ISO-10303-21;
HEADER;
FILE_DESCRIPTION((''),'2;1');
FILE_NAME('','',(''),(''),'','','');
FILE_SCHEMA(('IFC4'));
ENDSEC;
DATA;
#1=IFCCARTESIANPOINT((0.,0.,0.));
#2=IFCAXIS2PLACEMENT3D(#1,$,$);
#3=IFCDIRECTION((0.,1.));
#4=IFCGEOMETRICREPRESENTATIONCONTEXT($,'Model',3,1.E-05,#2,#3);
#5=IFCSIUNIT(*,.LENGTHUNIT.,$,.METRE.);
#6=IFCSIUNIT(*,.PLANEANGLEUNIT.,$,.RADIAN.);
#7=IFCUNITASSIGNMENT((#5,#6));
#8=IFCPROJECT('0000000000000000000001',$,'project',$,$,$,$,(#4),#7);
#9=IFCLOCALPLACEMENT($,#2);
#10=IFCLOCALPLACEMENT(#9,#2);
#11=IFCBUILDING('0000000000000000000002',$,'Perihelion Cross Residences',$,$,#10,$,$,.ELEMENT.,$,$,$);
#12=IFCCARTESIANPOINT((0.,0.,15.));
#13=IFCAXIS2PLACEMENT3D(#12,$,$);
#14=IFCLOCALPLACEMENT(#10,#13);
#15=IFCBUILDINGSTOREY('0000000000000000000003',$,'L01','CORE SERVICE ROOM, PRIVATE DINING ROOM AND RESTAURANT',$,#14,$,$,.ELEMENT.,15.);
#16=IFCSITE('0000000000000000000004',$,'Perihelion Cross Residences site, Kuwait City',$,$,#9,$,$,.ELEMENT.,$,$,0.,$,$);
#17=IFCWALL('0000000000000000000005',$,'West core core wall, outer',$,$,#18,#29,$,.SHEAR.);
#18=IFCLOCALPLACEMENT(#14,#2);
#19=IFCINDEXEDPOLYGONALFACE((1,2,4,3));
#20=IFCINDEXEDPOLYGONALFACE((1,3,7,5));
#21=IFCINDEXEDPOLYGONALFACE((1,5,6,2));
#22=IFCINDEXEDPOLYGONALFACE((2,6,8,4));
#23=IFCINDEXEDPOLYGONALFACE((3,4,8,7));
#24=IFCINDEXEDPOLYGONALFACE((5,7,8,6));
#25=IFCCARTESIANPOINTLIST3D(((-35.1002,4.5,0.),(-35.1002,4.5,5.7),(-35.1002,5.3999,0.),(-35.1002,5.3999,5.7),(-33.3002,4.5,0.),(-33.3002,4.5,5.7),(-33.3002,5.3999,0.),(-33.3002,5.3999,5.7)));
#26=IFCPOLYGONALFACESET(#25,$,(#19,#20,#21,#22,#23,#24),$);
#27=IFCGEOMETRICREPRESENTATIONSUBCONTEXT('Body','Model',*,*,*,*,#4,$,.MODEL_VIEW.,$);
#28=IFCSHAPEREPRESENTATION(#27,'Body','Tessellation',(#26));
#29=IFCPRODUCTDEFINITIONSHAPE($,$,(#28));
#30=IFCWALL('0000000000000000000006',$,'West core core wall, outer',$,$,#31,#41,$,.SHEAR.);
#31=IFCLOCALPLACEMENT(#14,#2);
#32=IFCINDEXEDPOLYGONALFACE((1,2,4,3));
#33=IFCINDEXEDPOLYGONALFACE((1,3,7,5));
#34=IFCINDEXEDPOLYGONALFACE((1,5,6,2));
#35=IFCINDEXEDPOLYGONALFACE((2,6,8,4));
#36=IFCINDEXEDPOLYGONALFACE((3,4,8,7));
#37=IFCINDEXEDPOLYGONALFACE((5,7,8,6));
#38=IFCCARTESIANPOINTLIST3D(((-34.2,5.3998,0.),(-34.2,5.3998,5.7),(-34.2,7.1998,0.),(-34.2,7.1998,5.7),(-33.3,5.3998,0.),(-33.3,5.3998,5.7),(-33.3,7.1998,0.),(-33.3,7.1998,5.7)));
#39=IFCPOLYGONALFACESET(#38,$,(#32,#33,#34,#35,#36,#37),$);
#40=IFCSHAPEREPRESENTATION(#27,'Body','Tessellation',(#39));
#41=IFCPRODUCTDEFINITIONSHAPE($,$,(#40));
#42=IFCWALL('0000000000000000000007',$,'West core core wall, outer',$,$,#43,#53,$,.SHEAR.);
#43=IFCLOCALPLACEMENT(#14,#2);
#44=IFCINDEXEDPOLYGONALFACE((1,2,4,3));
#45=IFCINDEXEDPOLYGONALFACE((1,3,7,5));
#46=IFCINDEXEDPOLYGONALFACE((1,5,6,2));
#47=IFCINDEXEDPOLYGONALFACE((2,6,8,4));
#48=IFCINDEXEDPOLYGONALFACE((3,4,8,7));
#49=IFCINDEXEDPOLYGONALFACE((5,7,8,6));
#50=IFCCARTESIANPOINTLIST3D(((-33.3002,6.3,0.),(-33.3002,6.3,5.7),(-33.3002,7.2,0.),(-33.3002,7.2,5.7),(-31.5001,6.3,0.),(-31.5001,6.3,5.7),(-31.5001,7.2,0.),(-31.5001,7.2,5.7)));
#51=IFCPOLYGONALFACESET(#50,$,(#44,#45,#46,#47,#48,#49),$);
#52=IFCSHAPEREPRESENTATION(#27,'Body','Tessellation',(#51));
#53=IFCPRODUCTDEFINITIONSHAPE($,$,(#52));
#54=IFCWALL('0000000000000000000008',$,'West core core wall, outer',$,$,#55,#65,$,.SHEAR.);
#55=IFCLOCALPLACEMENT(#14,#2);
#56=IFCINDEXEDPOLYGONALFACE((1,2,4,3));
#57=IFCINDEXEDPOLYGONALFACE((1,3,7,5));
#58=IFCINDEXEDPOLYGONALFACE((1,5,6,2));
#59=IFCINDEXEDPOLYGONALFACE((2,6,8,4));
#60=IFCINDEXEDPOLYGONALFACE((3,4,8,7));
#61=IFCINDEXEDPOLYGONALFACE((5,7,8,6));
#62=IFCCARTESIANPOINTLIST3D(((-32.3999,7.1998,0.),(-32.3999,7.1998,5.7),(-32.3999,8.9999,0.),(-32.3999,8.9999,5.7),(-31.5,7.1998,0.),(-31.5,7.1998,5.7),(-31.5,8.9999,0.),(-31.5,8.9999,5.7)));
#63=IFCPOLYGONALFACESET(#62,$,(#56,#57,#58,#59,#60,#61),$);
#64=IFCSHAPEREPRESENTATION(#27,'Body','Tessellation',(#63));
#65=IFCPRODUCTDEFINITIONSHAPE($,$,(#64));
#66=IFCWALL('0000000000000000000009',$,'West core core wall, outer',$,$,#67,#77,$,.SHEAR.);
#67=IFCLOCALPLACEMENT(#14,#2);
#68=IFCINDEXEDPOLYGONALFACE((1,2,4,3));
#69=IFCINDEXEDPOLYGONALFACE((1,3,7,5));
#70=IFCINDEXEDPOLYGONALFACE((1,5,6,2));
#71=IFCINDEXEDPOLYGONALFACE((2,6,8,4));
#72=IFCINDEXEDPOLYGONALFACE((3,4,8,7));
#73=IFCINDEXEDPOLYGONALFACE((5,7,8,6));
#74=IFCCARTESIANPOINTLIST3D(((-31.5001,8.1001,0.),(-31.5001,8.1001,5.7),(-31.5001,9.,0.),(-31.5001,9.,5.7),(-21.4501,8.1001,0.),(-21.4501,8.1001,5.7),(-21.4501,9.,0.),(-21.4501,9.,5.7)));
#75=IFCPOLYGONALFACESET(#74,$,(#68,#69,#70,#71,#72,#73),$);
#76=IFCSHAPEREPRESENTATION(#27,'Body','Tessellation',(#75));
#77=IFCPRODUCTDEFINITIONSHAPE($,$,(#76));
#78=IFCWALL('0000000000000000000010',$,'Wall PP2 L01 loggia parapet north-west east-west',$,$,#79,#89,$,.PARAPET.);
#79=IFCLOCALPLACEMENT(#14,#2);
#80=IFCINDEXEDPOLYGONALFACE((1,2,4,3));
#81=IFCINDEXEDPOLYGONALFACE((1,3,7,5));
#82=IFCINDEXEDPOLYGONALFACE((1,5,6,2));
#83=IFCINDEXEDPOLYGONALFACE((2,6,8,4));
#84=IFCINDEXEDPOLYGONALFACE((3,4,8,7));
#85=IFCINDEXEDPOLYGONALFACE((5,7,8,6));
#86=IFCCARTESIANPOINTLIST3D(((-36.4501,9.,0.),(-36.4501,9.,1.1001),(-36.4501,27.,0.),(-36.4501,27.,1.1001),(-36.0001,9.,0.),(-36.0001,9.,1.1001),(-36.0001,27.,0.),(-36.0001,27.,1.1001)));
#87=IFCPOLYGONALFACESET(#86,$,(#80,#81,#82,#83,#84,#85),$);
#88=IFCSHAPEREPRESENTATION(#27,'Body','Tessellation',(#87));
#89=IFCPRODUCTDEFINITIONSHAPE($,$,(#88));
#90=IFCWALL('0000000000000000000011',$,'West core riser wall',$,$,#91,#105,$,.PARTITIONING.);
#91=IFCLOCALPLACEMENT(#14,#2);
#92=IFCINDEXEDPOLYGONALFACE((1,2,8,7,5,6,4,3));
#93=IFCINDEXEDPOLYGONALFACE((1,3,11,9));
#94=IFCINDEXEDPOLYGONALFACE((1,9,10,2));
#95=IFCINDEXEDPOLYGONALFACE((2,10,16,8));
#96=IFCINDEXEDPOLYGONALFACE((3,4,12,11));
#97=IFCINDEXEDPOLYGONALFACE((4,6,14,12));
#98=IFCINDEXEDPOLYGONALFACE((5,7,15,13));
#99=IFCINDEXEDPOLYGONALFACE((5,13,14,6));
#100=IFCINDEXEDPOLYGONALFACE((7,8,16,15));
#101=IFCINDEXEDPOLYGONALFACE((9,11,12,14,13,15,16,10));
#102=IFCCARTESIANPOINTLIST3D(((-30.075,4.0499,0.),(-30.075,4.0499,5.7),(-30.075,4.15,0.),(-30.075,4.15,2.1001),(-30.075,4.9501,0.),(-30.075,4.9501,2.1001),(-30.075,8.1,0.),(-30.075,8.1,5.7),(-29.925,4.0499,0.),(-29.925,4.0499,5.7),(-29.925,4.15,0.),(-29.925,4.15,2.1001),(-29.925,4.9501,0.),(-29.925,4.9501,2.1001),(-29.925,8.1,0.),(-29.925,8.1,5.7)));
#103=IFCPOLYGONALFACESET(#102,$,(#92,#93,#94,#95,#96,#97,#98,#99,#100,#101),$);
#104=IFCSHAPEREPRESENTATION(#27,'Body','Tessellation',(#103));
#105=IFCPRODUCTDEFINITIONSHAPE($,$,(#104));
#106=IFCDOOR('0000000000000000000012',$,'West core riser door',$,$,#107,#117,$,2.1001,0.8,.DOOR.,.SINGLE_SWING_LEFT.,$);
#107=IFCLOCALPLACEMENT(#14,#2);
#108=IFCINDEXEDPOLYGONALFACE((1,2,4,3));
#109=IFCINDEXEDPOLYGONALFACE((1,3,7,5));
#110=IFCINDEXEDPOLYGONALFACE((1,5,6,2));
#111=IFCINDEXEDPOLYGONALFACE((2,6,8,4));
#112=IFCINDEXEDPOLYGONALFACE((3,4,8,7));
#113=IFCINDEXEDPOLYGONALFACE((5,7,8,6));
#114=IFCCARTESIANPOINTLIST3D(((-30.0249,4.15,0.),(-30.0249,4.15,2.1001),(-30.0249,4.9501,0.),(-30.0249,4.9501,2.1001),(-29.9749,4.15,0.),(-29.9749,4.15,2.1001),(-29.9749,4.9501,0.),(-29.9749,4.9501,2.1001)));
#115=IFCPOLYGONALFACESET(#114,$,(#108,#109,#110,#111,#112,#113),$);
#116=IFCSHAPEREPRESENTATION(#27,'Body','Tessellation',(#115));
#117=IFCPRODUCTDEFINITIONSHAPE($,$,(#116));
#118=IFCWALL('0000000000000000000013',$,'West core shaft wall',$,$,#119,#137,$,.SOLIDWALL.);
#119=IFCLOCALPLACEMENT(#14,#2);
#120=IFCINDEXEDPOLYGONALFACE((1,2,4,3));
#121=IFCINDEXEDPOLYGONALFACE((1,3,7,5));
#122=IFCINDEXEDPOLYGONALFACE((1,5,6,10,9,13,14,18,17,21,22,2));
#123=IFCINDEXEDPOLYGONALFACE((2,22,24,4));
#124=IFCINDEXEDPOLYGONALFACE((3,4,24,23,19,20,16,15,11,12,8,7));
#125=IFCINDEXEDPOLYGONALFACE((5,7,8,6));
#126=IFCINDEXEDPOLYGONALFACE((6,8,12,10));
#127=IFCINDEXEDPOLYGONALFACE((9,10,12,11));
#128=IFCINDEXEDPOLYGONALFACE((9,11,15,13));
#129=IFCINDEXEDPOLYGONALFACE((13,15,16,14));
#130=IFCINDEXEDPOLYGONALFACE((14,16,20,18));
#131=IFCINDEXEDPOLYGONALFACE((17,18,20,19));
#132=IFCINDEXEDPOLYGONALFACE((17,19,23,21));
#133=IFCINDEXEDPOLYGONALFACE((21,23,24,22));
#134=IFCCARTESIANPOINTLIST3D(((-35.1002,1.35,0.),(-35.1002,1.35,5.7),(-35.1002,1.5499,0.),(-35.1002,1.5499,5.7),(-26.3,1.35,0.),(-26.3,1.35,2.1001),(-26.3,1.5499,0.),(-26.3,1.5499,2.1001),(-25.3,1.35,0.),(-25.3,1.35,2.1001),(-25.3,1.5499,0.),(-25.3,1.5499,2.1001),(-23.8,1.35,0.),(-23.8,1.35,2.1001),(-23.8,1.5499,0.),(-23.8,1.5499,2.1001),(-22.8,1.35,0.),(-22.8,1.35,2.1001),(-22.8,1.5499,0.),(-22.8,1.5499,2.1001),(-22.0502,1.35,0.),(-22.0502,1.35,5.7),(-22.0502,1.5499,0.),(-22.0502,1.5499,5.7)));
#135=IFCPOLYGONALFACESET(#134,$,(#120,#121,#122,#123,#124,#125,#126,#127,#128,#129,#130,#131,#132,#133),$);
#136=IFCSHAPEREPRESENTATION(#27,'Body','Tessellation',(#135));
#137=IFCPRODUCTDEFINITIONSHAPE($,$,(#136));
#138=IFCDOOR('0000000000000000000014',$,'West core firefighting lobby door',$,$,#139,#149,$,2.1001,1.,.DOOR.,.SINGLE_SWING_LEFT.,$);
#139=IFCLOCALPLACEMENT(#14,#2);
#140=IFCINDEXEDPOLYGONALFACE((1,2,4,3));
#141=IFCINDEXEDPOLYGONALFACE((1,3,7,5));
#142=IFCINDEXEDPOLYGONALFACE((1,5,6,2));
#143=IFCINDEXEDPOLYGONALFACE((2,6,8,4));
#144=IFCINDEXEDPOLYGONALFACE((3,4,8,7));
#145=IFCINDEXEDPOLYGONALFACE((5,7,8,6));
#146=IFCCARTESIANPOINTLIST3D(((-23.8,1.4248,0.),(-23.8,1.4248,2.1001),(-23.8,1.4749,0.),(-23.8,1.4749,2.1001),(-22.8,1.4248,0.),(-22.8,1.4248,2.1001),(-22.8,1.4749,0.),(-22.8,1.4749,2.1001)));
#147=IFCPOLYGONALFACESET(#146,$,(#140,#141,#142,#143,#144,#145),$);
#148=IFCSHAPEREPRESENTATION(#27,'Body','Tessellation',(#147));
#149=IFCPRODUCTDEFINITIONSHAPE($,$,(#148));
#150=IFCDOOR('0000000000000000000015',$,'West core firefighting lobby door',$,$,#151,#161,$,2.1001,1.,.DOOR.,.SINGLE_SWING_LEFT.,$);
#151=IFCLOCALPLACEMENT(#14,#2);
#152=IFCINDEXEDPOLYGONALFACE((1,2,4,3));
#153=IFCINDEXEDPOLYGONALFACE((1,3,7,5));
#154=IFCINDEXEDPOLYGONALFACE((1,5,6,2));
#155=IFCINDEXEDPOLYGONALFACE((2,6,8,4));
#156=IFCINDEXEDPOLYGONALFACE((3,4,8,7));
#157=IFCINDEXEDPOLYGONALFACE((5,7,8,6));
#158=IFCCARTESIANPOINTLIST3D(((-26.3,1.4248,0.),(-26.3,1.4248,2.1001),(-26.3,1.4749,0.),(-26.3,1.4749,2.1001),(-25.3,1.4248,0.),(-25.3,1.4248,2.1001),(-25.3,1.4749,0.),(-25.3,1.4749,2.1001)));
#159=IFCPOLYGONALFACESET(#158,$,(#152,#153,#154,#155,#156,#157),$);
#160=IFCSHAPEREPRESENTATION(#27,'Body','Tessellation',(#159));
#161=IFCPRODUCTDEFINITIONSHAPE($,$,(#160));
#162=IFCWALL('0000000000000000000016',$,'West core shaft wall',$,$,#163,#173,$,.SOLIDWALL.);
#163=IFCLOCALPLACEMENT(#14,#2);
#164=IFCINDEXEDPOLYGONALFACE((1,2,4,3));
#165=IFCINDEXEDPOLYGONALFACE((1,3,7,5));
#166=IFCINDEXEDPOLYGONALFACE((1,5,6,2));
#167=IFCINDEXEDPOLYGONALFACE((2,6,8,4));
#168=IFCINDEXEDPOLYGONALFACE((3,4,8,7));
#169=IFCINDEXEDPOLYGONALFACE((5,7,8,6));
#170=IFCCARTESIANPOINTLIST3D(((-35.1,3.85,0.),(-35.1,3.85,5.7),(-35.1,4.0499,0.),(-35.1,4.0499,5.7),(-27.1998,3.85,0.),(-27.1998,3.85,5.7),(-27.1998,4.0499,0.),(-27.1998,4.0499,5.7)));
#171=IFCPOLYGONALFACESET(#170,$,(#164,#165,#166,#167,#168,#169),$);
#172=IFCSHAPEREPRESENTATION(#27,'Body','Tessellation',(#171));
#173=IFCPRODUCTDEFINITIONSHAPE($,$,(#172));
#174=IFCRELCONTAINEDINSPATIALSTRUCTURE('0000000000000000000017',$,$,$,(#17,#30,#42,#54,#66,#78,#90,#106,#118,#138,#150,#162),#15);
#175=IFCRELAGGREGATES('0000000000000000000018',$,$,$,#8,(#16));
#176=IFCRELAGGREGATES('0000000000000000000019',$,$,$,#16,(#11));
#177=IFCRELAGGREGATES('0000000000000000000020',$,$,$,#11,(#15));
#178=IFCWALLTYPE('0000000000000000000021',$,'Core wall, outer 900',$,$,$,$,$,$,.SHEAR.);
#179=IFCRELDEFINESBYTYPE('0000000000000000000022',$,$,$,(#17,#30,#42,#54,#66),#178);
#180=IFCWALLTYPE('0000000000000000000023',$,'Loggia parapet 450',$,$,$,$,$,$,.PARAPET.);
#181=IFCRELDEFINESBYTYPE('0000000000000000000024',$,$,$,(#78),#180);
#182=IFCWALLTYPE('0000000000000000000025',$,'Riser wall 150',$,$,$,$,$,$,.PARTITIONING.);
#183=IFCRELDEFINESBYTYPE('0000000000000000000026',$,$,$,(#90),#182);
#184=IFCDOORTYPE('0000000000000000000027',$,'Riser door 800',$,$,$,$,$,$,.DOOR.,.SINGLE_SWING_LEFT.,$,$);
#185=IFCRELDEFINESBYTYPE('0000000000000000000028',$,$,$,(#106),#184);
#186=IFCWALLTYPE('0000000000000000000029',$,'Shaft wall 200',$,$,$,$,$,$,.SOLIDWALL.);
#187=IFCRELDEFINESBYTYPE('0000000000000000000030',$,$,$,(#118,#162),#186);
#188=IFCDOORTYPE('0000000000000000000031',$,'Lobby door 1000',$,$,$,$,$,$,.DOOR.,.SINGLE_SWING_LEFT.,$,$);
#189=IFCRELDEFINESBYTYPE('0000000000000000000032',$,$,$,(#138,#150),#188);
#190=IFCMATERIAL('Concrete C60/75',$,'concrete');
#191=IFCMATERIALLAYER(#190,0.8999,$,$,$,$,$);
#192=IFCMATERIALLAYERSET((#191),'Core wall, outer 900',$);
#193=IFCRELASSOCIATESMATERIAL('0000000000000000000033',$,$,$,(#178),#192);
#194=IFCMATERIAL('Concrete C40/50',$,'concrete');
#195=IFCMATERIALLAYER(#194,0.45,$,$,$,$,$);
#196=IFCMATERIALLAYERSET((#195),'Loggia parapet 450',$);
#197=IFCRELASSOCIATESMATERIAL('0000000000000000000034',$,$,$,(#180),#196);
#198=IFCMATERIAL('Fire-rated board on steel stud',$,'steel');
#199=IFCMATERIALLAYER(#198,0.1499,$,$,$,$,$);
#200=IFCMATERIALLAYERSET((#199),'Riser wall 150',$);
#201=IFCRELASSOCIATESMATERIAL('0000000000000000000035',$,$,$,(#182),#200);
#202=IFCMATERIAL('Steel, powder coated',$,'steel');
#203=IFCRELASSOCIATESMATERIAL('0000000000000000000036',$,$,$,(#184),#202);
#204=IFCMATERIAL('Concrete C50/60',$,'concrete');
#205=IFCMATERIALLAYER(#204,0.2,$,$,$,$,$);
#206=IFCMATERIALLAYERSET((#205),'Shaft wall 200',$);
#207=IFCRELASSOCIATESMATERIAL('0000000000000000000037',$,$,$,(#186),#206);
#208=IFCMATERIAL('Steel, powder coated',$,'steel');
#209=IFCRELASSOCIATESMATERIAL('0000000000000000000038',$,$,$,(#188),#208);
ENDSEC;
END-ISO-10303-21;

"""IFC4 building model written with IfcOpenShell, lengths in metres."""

from ifc_helpers import new_model, si_unit, direction, frame, frame_2d, origin, place, context, subcontext, project, spatial, rectangle, extrude, material, layer, layer_set, type_object, element, fill, save


model = new_model("IFC4")

# Units and contexts
model_context = context("Model", 3, precision=1e-05, world=origin(), true_north=direction((0.0, 1.0)))
body_context = subcontext(model_context, "Body", "Model", "MODEL_VIEW")
ifc_project = project(units=[si_unit("LENGTHUNIT", "METRE"), si_unit("PLANEANGLEUNIT", "RADIAN")], contexts=[model_context])

# Site, building, storey
site_placement = place(None, origin())
site = spatial("IfcSite", under=ifc_project, at=site_placement, Name="Perihelion Cross Residences site, Kuwait City", CompositionType="ELEMENT", RefElevation=0.0)
building_placement = place(site_placement, origin())
building = spatial("IfcBuilding", under=site, at=building_placement, Name="Perihelion Cross Residences", CompositionType="ELEMENT")
storey_placement = place(building_placement, frame((0.0, 0.0, 15.0)))
storey = spatial("IfcBuildingStorey", under=building, at=storey_placement, Name="L01", Description="CORE SERVICE ROOM, PRIVATE DINING ROOM AND RESTAURANT", CompositionType="ELEMENT", Elevation=15.0)

# Walls
ifc_material_1 = material(Name="Concrete C60/75", Category="concrete")
ifc_layer_1 = layer(ifc_material_1, 0.8999)
ifc_layer_set_1 = layer_set([ifc_layer_1], Name="Core wall, outer 900")
wall_type_1 = type_object("IfcWallType", Name="Core wall, outer 900", PredefinedType="SHEAR", material=ifc_layer_set_1)
for number, where, z_axis, x_axis, name in (
    (1, (-35.1001, 4.95, 0.0), (0.0, 0.0, 1.0), (1.0, 0.0, 0.0), "West core core wall, outer"),
    (2, (-33.75, 5.3999, 0.0), (0.0, 0.0, 1.0), (0.0, 1.0, 0.0), "West core core wall, outer"),
    (3, (-33.3, 6.75, 0.0), (0.0, 0.0, 1.0), (1.0, 0.0, 0.0), "West core core wall, outer"),
    (4, (-31.95, 7.2, 0.0), (0.0, 0.0, 1.0), (0.0, 1.0, 0.0), "West core core wall, outer"),
):
    element("IfcWall", number, at=place(storey_placement, frame(where, z_axis=z_axis, x_axis=x_axis)), inside=storey, type_object=wall_type_1, Name=name, PredefinedType="SHEAR", context=body_context, shape_type="SweptSolid", body=[
        extrude(rectangle(XDim=1.8, YDim=0.8999, at=frame_2d((0.8999, 0.0))), origin(), (0.0, 0.0, 1.0), 5.7),
    ])
wall_1_placement = place(storey_placement, frame((-31.5, 8.55, 0.0), z_axis=(0.0, 0.0, 1.0), x_axis=(1.0, 0.0, 0.0)))
element("IfcWall", 5, at=wall_1_placement, inside=storey, type_object=wall_type_1, Name="West core core wall, outer", PredefinedType="SHEAR", context=body_context, shape_type="SweptSolid", body=[
    extrude(rectangle(XDim=10.05, YDim=0.8999, at=frame_2d((5.0249, 0.0))), origin(), (0.0, 0.0, 1.0), 5.7),
])
ifc_material_2 = material(Name="Concrete C40/50", Category="concrete")
ifc_layer_2 = layer(ifc_material_2, 0.45)
ifc_layer_set_2 = layer_set([ifc_layer_2], Name="Loggia parapet 450")
wall_type_2 = type_object("IfcWallType", Name="Loggia parapet 450", PredefinedType="PARAPET", material=ifc_layer_set_2)
wall_2_placement = place(storey_placement, frame((-36.2251, 9.0, 0.0), z_axis=(0.0, 0.0, 1.0), x_axis=(0.0, 1.0, 0.0)))
element("IfcWall", 6, at=wall_2_placement, inside=storey, type_object=wall_type_2, Name="Wall PP2 L01 loggia parapet north-west east-west", PredefinedType="PARAPET", context=body_context, shape_type="SweptSolid", body=[
    extrude(rectangle(XDim=18.0, YDim=0.45, at=frame_2d((9.0, 0.0))), origin(), (0.0, 0.0, 1.0), 1.1001),
])

# Wall, opening, door
ifc_material_3 = material(Name="Fire-rated board on steel stud", Category="steel")
ifc_layer_3 = layer(ifc_material_3, 0.1499)
ifc_layer_set_3 = layer_set([ifc_layer_3], Name="Riser wall 150")
wall_type_3 = type_object("IfcWallType", Name="Riser wall 150", PredefinedType="PARTITIONING", material=ifc_layer_set_3)
wall_3_placement = place(storey_placement, frame((-30.0, 4.05, 0.0), z_axis=(0.0, 0.0, 1.0), x_axis=(0.0, 1.0, 0.0)))
wall_3 = element("IfcWall", 7, at=wall_3_placement, inside=storey, type_object=wall_type_3, Name="West core riser wall", PredefinedType="PARTITIONING", context=body_context, shape_type="SweptSolid", body=[
    extrude(rectangle(XDim=4.05, YDim=0.1499, at=frame_2d((2.0249, 0.0))), origin(), (0.0, 0.0, 1.0), 5.7),
])
opening_1_placement = place(wall_3_placement, frame((0.1001, 0.0, 0.0)))
opening_1 = element("IfcOpeningElement", 8, at=opening_1_placement, cuts=wall_3, PredefinedType="OPENING", context=body_context, shape_type="SweptSolid", body=[
    extrude(rectangle(XDim=0.8, YDim=2.1001, at=frame_2d((0.3999, 1.05))), frame((0.0, 0.085, 0.0), z_axis=(0.0, -1.0, 0.0), x_axis=(1.0, 0.0, 0.0)), (0.0, 0.0, 1.0), 0.1699),
])
ifc_material_4 = material(Name="Steel, powder coated", Category="steel")
door_type_1 = type_object("IfcDoorType", Name="Riser door 800", OperationType="SINGLE_SWING_LEFT", PredefinedType="DOOR", material=ifc_material_4)
door_1_placement = place(opening_1_placement, origin())
door_1 = element("IfcDoor", 9, at=door_1_placement, inside=storey, type_object=door_type_1, Name="West core riser door", OperationType="SINGLE_SWING_LEFT", OverallHeight=2.1001, OverallWidth=0.8, PredefinedType="DOOR", context=body_context, shape_type="SweptSolid", body=[
    extrude(rectangle(XDim=0.8, YDim=2.1001, at=frame_2d((0.3999, 1.05))), frame((0.0, 0.0249, 0.0), z_axis=(0.0, -1.0, 0.0), x_axis=(1.0, 0.0, 0.0)), (0.0, 0.0, 1.0), 0.05),
])
fill(opening_1, door_1)

# Wall, openings, doors
ifc_material_5 = material(Name="Concrete C50/60", Category="concrete")
ifc_layer_4 = layer(ifc_material_5, 0.2)
ifc_layer_set_4 = layer_set([ifc_layer_4], Name="Shaft wall 200")
wall_type_4 = type_object("IfcWallType", Name="Shaft wall 200", PredefinedType="SOLIDWALL", material=ifc_layer_set_4)
wall_4_placement = place(storey_placement, frame((-35.1001, 1.45, 0.0), z_axis=(0.0, 0.0, 1.0), x_axis=(1.0, 0.0, 0.0)))
wall_4 = element("IfcWall", 10, at=wall_4_placement, inside=storey, type_object=wall_type_4, Name="West core shaft wall", PredefinedType="SOLIDWALL", context=body_context, shape_type="SweptSolid", body=[
    extrude(rectangle(XDim=13.05, YDim=0.2, at=frame_2d((6.5249, 0.0))), origin(), (0.0, 0.0, 1.0), 5.7),
])
opening_2_placement = place(wall_4_placement, frame((11.3, 0.0, 0.0)))
opening_2 = element("IfcOpeningElement", 11, at=opening_2_placement, cuts=wall_4, PredefinedType="OPENING", context=body_context, shape_type="SweptSolid", body=[
    extrude(rectangle(XDim=1.0, YDim=2.1001, at=frame_2d((0.5, 1.05))), frame((0.0, 0.1099, 0.0), z_axis=(0.0, -1.0, 0.0), x_axis=(1.0, 0.0, 0.0)), (0.0, 0.0, 1.0), 0.22),
])
opening_3_placement = place(wall_4_placement, frame((8.8, 0.0, 0.0)))
opening_3 = element("IfcOpeningElement", 12, at=opening_3_placement, cuts=wall_4, PredefinedType="OPENING", context=body_context, shape_type="SweptSolid", body=[
    extrude(rectangle(XDim=1.0, YDim=2.1001, at=frame_2d((0.5, 1.05))), frame((0.0, 0.1099, 0.0), z_axis=(0.0, -1.0, 0.0), x_axis=(1.0, 0.0, 0.0)), (0.0, 0.0, 1.0), 0.22),
])
ifc_material_6 = material(Name="Steel, powder coated", Category="steel")
door_type_2 = type_object("IfcDoorType", Name="Lobby door 1000", OperationType="SINGLE_SWING_LEFT", PredefinedType="DOOR", material=ifc_material_6)
door_2_placement = place(opening_2_placement, origin())
door_2 = element("IfcDoor", 13, at=door_2_placement, inside=storey, type_object=door_type_2, Name="West core firefighting lobby door", OperationType="SINGLE_SWING_LEFT", OverallHeight=2.1001, OverallWidth=1.0, PredefinedType="DOOR", context=body_context, shape_type="SweptSolid", body=[
    extrude(rectangle(XDim=1.0, YDim=2.1001, at=frame_2d((0.5, 1.05))), frame((0.0, 0.0249, 0.0), z_axis=(0.0, -1.0, 0.0), x_axis=(1.0, 0.0, 0.0)), (0.0, 0.0, 1.0), 0.05),
])
fill(opening_2, door_2)
door_3_placement = place(opening_3_placement, origin())
door_3 = element("IfcDoor", 14, at=door_3_placement, inside=storey, type_object=door_type_2, Name="West core firefighting lobby door", OperationType="SINGLE_SWING_LEFT", OverallHeight=2.1001, OverallWidth=1.0, PredefinedType="DOOR", context=body_context, shape_type="SweptSolid", body=[
    extrude(rectangle(XDim=1.0, YDim=2.1001, at=frame_2d((0.5, 1.05))), frame((0.0, 0.0249, 0.0), z_axis=(0.0, -1.0, 0.0), x_axis=(1.0, 0.0, 0.0)), (0.0, 0.0, 1.0), 0.05),
])
fill(opening_3, door_3)

# Wall
wall_5_placement = place(storey_placement, frame((-35.1001, 3.95, 0.0), z_axis=(0.0, 0.0, 1.0), x_axis=(1.0, 0.0, 0.0)))
element("IfcWall", 15, at=wall_5_placement, inside=storey, type_object=wall_type_4, Name="West core shaft wall", PredefinedType="SOLIDWALL", context=body_context, shape_type="SweptSolid", body=[
    extrude(rectangle(XDim=7.9001, YDim=0.2, at=frame_2d((3.9502, 0.0))), origin(), (0.0, 0.0, 1.0), 5.7),
])

save(model, "model.ifc")
